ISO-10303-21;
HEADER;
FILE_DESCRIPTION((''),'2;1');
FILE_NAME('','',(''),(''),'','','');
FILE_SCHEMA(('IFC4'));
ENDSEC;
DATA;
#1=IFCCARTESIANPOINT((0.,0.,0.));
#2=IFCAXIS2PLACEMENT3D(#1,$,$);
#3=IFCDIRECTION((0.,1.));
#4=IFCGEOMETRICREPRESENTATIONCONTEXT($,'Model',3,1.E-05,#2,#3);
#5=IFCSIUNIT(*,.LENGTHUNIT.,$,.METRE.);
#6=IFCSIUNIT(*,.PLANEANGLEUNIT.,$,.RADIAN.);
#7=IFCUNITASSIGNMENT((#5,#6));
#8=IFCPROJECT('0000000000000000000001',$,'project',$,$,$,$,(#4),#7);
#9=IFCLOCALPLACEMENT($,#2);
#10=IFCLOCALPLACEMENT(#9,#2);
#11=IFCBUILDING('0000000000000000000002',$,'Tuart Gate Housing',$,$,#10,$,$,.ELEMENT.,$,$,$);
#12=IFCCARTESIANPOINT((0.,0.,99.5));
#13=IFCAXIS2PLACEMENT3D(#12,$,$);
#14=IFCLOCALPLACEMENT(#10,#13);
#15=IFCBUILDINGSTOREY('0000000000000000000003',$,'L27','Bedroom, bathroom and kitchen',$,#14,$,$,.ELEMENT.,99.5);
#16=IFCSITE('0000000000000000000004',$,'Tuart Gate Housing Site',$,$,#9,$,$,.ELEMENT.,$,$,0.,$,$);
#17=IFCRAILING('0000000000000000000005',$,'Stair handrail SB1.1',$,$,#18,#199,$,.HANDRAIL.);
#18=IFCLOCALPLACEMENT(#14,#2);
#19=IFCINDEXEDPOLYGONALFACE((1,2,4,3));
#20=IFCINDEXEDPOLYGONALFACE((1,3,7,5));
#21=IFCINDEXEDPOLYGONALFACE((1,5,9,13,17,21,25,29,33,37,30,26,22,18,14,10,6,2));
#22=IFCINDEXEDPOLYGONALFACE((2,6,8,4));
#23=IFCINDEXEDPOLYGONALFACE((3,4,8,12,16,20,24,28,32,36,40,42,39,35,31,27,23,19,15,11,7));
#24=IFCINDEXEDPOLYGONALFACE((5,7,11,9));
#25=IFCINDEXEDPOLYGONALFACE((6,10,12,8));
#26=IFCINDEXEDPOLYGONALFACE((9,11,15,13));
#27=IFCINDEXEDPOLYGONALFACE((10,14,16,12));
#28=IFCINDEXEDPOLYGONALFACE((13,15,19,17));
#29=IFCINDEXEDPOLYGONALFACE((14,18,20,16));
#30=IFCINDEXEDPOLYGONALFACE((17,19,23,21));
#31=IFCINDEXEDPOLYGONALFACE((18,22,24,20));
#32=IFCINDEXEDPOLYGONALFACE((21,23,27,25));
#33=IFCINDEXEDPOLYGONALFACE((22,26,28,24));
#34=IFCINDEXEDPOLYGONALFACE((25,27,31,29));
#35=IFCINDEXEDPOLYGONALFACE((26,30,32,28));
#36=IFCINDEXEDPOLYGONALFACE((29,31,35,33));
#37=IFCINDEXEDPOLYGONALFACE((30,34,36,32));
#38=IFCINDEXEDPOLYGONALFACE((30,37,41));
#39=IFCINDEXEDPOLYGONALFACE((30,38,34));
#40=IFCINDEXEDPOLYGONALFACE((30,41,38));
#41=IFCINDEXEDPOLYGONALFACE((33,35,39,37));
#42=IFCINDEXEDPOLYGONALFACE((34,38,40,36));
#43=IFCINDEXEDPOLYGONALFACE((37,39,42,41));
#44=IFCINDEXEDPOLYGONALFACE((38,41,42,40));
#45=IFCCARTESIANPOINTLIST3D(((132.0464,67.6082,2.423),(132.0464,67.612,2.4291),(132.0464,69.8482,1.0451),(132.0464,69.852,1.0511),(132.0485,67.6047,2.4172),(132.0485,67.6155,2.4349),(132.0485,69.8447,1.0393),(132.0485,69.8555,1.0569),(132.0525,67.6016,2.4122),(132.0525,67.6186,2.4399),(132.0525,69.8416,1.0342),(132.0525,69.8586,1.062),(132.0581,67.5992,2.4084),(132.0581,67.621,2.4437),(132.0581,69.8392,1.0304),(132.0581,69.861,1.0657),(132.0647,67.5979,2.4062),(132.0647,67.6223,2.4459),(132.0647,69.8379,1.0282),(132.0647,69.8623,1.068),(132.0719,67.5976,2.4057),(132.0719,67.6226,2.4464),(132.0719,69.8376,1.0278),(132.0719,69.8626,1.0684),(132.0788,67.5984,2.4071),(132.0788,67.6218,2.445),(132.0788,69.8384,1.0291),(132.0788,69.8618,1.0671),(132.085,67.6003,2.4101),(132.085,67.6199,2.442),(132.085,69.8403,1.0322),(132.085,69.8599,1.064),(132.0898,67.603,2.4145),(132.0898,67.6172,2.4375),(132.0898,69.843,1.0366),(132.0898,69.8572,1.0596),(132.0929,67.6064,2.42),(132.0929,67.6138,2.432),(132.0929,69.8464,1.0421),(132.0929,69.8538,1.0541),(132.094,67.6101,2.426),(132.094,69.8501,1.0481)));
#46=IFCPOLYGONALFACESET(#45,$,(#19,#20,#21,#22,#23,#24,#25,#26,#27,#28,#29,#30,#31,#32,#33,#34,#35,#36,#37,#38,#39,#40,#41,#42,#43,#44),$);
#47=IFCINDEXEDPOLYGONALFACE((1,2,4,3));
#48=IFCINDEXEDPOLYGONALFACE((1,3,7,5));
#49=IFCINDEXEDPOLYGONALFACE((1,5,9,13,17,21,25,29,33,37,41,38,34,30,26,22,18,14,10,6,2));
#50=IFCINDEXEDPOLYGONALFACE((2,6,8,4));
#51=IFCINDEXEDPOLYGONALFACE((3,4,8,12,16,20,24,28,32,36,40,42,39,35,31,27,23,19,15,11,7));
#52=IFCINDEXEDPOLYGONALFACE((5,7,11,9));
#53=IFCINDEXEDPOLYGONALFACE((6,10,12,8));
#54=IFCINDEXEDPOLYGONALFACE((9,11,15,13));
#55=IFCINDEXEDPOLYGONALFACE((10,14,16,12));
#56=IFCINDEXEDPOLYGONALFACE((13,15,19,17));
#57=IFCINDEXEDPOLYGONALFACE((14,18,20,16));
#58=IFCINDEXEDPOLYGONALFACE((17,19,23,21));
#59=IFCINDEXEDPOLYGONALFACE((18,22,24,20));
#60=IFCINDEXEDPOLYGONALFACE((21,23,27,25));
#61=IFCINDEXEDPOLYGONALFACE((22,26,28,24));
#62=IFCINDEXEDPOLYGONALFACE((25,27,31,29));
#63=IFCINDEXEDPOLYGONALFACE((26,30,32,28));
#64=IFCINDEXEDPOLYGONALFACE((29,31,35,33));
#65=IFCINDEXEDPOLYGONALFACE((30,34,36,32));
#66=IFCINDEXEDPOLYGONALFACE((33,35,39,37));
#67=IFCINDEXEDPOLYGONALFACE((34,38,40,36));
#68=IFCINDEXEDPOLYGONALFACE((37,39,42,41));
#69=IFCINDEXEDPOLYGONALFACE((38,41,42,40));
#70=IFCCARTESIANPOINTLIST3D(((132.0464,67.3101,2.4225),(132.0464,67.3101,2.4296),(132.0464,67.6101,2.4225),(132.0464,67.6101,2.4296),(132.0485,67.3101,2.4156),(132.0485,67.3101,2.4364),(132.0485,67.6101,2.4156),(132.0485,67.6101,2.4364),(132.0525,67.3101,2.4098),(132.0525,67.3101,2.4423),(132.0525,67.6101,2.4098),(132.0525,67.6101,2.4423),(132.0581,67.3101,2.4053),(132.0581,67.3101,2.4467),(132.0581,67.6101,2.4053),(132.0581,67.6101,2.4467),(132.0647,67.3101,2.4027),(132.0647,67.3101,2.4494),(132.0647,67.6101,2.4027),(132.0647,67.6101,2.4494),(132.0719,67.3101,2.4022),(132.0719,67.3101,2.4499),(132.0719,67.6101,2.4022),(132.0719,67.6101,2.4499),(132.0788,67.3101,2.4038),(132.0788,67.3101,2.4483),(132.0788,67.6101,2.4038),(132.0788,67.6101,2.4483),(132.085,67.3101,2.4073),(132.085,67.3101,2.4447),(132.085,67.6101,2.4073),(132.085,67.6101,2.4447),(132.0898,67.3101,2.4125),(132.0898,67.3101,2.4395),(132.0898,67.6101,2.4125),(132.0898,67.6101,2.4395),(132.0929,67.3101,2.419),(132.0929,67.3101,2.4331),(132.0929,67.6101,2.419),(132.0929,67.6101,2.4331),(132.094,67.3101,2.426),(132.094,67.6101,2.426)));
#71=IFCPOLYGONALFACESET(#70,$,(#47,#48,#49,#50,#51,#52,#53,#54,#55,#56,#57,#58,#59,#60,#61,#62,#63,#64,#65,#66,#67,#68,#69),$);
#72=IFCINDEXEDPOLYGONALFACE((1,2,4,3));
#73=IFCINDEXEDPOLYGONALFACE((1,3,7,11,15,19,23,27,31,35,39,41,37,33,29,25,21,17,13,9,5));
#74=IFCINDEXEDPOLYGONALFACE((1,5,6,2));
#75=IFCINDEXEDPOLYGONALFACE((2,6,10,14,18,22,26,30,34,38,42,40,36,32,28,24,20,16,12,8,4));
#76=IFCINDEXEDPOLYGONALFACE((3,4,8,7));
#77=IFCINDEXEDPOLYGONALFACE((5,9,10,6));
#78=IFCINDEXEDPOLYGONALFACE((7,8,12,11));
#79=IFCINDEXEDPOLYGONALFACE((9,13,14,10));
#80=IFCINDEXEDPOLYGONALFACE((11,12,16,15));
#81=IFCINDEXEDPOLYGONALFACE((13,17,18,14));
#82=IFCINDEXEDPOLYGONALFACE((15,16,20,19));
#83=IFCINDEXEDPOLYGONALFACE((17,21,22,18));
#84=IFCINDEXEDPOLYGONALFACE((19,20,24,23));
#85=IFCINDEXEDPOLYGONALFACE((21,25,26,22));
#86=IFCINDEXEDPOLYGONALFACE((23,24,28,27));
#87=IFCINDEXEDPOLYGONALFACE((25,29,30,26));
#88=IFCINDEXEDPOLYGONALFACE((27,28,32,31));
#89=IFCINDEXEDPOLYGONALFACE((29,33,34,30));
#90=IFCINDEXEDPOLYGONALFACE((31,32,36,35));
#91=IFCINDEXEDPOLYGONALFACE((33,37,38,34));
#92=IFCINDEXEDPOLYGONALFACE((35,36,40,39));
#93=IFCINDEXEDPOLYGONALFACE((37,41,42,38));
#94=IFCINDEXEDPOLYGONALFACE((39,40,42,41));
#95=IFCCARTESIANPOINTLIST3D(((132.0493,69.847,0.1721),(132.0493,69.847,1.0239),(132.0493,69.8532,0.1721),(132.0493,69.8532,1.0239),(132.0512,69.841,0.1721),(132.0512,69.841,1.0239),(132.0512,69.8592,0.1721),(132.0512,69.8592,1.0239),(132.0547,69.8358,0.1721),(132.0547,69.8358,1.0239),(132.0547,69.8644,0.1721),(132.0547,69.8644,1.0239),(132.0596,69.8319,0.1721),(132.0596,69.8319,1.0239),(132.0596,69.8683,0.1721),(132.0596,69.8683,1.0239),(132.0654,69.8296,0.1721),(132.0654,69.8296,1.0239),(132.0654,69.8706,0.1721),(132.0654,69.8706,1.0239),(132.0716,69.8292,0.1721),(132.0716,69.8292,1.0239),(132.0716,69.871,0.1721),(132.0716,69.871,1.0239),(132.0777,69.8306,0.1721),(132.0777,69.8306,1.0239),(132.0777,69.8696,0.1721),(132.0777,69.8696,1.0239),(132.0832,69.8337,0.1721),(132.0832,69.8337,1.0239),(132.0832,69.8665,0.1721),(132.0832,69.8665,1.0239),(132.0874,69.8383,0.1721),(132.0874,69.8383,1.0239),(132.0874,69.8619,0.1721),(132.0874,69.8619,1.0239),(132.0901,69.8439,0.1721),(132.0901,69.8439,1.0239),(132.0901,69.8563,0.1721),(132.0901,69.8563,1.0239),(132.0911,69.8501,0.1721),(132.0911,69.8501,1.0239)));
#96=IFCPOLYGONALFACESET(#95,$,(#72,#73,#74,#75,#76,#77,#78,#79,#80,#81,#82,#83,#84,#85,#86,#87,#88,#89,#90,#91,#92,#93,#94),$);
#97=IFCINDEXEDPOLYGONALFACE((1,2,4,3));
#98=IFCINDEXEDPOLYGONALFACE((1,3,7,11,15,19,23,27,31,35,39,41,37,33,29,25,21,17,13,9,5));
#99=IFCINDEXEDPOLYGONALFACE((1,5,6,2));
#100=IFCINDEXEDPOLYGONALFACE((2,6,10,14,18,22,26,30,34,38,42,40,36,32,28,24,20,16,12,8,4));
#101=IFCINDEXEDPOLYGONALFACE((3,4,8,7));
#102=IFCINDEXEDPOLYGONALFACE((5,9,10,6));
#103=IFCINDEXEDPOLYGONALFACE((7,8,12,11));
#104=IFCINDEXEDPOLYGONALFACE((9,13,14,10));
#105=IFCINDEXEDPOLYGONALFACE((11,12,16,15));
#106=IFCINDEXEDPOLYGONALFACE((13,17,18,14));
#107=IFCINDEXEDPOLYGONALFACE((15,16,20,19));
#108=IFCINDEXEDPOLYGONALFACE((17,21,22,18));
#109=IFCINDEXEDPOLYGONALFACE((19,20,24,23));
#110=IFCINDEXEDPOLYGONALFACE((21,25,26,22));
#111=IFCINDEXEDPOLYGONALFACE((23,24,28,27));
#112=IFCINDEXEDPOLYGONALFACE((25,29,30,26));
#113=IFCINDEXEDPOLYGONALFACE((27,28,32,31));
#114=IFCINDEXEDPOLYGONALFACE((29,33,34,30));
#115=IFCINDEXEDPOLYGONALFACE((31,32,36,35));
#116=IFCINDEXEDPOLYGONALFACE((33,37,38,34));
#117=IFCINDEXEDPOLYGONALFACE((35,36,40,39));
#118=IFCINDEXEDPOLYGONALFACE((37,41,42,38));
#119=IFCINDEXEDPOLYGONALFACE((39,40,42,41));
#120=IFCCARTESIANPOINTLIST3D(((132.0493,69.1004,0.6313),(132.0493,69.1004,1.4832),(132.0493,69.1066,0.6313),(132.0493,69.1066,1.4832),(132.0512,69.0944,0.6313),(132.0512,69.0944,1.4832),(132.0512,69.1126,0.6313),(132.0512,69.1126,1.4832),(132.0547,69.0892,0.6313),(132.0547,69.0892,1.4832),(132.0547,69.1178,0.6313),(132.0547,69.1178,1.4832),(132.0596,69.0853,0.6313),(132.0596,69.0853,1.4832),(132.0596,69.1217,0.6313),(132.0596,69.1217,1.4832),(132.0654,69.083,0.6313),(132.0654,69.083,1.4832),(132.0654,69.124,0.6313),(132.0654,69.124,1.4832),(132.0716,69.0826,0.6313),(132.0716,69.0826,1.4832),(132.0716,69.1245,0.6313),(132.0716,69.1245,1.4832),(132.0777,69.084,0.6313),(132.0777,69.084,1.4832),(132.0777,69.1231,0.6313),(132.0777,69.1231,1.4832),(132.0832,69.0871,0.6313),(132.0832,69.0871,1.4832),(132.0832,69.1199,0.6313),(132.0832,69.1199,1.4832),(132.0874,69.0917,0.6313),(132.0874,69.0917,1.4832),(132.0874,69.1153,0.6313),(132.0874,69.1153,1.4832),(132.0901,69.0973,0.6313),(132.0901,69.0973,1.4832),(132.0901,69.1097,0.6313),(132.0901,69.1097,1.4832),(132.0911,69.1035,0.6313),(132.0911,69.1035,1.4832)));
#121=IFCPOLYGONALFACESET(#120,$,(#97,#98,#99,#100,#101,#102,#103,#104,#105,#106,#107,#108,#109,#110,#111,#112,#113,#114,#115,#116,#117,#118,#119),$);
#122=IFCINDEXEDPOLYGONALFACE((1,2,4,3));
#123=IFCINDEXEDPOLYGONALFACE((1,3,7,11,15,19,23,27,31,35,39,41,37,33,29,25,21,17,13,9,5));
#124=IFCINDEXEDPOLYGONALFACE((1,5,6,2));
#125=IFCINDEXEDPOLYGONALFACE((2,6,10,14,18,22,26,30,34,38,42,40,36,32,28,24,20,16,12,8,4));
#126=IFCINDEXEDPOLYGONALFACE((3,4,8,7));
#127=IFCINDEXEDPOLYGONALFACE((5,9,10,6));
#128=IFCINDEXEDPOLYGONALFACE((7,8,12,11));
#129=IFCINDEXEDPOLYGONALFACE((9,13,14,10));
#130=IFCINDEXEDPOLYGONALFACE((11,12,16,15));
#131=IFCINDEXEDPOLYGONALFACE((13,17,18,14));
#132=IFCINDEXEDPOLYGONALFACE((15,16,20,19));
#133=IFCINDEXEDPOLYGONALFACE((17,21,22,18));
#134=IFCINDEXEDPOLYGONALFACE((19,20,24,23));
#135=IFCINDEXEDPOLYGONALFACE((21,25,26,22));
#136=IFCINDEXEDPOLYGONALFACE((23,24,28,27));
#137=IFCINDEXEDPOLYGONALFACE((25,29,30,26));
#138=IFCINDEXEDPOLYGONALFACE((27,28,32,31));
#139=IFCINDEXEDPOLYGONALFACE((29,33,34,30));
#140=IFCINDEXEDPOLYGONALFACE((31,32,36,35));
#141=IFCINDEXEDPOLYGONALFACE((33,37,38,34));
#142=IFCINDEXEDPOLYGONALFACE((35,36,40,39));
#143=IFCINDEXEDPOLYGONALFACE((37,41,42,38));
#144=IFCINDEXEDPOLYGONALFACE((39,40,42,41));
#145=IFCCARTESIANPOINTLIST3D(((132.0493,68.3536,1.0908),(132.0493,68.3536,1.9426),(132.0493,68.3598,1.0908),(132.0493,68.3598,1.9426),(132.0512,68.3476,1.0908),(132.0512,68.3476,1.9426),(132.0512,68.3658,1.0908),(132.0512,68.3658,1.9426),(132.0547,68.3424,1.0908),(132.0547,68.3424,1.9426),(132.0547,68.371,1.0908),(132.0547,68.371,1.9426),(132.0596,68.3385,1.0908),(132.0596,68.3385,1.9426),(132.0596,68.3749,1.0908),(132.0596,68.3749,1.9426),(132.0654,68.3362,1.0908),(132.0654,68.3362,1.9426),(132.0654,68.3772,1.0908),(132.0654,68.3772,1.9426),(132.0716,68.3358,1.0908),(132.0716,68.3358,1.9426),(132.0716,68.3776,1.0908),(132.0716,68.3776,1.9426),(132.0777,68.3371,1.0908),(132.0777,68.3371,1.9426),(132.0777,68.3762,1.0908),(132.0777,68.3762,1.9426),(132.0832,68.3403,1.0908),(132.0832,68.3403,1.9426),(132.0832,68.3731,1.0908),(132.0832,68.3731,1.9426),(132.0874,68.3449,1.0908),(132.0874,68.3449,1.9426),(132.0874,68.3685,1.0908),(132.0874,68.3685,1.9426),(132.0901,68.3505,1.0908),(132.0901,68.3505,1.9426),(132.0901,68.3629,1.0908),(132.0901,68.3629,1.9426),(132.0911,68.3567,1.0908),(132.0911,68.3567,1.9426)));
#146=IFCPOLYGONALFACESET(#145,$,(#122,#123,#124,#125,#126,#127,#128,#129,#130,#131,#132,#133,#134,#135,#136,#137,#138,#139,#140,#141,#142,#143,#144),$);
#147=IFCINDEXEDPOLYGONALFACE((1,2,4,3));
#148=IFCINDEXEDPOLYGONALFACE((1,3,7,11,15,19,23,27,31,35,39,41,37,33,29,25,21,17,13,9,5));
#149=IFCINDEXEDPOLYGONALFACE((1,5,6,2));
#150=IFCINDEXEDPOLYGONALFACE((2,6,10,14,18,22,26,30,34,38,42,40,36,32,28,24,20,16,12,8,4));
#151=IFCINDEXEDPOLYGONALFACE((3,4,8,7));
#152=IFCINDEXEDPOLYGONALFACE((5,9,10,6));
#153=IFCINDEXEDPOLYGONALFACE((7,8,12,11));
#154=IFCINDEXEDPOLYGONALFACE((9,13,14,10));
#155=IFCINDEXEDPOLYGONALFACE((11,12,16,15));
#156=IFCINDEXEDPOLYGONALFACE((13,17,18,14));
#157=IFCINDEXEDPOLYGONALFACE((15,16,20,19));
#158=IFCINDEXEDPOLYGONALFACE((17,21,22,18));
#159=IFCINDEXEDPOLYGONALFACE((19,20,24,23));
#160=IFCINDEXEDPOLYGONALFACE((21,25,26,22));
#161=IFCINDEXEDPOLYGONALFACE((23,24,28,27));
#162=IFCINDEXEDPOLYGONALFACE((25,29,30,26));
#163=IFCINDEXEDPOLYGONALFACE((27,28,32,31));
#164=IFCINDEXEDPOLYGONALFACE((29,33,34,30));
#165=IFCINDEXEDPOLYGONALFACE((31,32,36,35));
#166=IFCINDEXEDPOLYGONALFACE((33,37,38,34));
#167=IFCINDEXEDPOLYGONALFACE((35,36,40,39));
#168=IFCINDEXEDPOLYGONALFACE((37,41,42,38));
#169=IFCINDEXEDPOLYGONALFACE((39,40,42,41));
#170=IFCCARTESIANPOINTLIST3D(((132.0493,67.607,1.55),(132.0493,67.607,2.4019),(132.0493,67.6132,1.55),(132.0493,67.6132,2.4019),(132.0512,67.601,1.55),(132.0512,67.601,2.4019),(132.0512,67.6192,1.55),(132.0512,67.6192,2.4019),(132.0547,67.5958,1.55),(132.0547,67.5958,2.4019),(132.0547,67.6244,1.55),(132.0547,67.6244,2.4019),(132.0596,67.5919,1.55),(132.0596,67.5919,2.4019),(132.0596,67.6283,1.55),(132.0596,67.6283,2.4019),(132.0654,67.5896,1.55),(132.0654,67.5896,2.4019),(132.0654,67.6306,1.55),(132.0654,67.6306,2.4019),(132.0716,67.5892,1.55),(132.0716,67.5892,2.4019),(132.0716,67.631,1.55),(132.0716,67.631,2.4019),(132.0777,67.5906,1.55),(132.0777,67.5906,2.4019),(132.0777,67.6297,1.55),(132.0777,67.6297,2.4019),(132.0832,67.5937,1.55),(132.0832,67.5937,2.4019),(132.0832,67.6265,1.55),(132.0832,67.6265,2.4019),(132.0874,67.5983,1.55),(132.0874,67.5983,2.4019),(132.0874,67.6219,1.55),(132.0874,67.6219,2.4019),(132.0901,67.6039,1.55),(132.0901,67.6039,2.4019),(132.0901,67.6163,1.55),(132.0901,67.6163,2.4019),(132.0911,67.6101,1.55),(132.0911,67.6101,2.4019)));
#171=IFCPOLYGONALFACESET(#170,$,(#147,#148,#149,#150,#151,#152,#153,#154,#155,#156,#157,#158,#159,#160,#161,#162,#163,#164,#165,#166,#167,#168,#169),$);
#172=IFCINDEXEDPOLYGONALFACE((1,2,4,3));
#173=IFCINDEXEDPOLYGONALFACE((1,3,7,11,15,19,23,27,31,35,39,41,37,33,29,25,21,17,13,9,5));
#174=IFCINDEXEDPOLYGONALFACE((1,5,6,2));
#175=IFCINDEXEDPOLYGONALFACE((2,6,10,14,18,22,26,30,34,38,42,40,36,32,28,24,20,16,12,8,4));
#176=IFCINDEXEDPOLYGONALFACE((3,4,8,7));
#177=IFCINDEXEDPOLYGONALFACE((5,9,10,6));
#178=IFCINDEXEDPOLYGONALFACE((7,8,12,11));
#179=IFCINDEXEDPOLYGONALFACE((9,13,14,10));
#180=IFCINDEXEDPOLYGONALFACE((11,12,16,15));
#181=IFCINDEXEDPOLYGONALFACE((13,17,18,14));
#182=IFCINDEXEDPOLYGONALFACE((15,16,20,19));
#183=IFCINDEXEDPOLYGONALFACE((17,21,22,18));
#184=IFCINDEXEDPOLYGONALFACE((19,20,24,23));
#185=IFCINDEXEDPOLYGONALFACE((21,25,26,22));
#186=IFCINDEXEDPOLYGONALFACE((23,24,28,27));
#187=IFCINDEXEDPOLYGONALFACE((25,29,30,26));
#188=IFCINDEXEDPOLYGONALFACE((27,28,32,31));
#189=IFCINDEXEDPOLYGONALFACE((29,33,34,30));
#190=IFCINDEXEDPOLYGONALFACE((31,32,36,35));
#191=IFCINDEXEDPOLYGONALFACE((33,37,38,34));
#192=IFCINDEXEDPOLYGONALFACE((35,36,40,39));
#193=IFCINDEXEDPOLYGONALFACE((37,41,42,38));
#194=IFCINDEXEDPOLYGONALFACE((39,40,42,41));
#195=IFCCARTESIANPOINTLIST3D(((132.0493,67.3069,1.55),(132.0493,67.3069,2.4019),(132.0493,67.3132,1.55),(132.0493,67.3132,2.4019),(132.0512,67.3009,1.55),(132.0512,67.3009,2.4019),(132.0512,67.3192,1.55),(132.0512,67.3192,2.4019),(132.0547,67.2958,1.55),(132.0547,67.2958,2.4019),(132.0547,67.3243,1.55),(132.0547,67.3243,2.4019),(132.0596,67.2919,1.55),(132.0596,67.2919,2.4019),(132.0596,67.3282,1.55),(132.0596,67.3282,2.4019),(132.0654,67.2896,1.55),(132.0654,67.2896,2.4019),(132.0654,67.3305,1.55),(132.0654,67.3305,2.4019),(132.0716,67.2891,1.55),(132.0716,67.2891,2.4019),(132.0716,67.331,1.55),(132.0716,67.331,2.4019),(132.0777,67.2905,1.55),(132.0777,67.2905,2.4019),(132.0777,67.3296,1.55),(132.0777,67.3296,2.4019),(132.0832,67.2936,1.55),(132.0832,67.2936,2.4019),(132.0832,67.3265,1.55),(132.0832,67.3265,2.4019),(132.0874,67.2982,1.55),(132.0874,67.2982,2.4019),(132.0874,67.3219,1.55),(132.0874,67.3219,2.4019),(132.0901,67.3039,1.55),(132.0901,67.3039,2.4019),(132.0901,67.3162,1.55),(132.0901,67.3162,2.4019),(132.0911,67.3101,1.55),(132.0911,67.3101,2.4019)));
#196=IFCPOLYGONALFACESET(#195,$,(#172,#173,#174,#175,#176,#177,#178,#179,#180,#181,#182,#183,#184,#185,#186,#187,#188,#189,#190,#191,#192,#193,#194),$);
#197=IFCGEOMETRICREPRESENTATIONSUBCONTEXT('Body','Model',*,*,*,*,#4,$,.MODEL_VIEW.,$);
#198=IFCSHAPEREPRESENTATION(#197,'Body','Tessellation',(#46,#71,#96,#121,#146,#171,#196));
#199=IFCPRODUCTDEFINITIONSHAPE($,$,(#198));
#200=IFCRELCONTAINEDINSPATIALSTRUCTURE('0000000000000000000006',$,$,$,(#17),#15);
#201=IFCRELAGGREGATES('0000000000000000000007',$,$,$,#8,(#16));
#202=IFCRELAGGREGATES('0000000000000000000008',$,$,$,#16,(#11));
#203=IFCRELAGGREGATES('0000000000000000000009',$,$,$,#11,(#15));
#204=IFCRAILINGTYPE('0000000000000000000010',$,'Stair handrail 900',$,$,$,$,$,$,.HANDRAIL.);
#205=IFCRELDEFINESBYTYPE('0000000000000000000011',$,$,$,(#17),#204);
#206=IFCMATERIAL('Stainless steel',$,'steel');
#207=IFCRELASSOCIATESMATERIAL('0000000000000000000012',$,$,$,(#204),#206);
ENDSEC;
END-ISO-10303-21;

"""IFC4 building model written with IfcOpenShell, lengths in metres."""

from ifc_helpers import new_model, si_unit, direction, frame, origin, origin_2d, place, context, subcontext, project, spatial, circle, extrude, material, type_object, element, save


model = new_model("IFC4")

# Units and contexts
model_context = context("Model", 3, precision=1e-05, world=origin(), true_north=direction((0.0, 1.0)))
body_context = subcontext(model_context, "Body", "Model", "MODEL_VIEW")
ifc_project = project(units=[si_unit("LENGTHUNIT", "METRE"), si_unit("PLANEANGLEUNIT", "RADIAN")], contexts=[model_context])

# Site, building, storey
site_placement = place(None, origin())
site = spatial("IfcSite", under=ifc_project, at=site_placement, Name="Tuart Gate Housing Site", CompositionType="ELEMENT", RefElevation=0.0)
building_placement = place(site_placement, origin())
building = spatial("IfcBuilding", under=site, at=building_placement, Name="Tuart Gate Housing", CompositionType="ELEMENT")
storey_placement = place(building_placement, frame((0.0, 0.0, 99.5)))
storey = spatial("IfcBuildingStorey", under=building, at=storey_placement, Name="L27", Description="Bedroom, bathroom and kitchen", CompositionType="ELEMENT", Elevation=99.5)

# Railing
ifc_material_1 = material(Name="Stainless steel", Category="steel")
railing_type = type_object("IfcRailingType", Name="Stair handrail 900", PredefinedType="HANDRAIL", material=ifc_material_1)
railing_placement = place(storey_placement, frame((132.0701, 69.8501, 0.1721)))
element("IfcRailing", 1, at=railing_placement, inside=storey, type_object=railing_type, Name="Stair handrail SB1.1", PredefinedType="HANDRAIL", context=body_context, shape_type="SweptSolid", body=[
    extrude(circle(Radius=0.0239, at=origin_2d()), frame((0.0, 0.0, 0.876), z_axis=(0.0, -0.851748, 0.523952), x_axis=(1.0, 0.0, 0.0)), (0.0, 0.0, 1.0), 2.6299),
    extrude(circle(Radius=0.0239, at=origin_2d()), frame((0.0, -2.24, 2.2539), z_axis=(0.0, -1.0, 0.0), x_axis=(1.0, 0.0, 0.0)), (0.0, 0.0, 1.0), 0.3),
    extrude(circle(Radius=0.021, at=origin_2d()), origin(), (0.0, 0.0, 1.0), 0.8518),
    extrude(circle(Radius=0.021, at=origin_2d()), frame((0.0, -0.7466, 0.4592)), (0.0, 0.0, 1.0), 0.8518),
    extrude(circle(Radius=0.021, at=origin_2d()), frame((0.0, -1.4934, 0.9187)), (0.0, 0.0, 1.0), 0.8518),
    extrude(circle(Radius=0.021, at=origin_2d()), frame((0.0, -2.24, 1.3779)), (0.0, 0.0, 1.0), 0.8518),
    extrude(circle(Radius=0.021, at=origin_2d()), frame((0.0, -2.54, 1.3779)), (0.0, 0.0, 1.0), 0.8518),
])

save(model, "model.ifc")
